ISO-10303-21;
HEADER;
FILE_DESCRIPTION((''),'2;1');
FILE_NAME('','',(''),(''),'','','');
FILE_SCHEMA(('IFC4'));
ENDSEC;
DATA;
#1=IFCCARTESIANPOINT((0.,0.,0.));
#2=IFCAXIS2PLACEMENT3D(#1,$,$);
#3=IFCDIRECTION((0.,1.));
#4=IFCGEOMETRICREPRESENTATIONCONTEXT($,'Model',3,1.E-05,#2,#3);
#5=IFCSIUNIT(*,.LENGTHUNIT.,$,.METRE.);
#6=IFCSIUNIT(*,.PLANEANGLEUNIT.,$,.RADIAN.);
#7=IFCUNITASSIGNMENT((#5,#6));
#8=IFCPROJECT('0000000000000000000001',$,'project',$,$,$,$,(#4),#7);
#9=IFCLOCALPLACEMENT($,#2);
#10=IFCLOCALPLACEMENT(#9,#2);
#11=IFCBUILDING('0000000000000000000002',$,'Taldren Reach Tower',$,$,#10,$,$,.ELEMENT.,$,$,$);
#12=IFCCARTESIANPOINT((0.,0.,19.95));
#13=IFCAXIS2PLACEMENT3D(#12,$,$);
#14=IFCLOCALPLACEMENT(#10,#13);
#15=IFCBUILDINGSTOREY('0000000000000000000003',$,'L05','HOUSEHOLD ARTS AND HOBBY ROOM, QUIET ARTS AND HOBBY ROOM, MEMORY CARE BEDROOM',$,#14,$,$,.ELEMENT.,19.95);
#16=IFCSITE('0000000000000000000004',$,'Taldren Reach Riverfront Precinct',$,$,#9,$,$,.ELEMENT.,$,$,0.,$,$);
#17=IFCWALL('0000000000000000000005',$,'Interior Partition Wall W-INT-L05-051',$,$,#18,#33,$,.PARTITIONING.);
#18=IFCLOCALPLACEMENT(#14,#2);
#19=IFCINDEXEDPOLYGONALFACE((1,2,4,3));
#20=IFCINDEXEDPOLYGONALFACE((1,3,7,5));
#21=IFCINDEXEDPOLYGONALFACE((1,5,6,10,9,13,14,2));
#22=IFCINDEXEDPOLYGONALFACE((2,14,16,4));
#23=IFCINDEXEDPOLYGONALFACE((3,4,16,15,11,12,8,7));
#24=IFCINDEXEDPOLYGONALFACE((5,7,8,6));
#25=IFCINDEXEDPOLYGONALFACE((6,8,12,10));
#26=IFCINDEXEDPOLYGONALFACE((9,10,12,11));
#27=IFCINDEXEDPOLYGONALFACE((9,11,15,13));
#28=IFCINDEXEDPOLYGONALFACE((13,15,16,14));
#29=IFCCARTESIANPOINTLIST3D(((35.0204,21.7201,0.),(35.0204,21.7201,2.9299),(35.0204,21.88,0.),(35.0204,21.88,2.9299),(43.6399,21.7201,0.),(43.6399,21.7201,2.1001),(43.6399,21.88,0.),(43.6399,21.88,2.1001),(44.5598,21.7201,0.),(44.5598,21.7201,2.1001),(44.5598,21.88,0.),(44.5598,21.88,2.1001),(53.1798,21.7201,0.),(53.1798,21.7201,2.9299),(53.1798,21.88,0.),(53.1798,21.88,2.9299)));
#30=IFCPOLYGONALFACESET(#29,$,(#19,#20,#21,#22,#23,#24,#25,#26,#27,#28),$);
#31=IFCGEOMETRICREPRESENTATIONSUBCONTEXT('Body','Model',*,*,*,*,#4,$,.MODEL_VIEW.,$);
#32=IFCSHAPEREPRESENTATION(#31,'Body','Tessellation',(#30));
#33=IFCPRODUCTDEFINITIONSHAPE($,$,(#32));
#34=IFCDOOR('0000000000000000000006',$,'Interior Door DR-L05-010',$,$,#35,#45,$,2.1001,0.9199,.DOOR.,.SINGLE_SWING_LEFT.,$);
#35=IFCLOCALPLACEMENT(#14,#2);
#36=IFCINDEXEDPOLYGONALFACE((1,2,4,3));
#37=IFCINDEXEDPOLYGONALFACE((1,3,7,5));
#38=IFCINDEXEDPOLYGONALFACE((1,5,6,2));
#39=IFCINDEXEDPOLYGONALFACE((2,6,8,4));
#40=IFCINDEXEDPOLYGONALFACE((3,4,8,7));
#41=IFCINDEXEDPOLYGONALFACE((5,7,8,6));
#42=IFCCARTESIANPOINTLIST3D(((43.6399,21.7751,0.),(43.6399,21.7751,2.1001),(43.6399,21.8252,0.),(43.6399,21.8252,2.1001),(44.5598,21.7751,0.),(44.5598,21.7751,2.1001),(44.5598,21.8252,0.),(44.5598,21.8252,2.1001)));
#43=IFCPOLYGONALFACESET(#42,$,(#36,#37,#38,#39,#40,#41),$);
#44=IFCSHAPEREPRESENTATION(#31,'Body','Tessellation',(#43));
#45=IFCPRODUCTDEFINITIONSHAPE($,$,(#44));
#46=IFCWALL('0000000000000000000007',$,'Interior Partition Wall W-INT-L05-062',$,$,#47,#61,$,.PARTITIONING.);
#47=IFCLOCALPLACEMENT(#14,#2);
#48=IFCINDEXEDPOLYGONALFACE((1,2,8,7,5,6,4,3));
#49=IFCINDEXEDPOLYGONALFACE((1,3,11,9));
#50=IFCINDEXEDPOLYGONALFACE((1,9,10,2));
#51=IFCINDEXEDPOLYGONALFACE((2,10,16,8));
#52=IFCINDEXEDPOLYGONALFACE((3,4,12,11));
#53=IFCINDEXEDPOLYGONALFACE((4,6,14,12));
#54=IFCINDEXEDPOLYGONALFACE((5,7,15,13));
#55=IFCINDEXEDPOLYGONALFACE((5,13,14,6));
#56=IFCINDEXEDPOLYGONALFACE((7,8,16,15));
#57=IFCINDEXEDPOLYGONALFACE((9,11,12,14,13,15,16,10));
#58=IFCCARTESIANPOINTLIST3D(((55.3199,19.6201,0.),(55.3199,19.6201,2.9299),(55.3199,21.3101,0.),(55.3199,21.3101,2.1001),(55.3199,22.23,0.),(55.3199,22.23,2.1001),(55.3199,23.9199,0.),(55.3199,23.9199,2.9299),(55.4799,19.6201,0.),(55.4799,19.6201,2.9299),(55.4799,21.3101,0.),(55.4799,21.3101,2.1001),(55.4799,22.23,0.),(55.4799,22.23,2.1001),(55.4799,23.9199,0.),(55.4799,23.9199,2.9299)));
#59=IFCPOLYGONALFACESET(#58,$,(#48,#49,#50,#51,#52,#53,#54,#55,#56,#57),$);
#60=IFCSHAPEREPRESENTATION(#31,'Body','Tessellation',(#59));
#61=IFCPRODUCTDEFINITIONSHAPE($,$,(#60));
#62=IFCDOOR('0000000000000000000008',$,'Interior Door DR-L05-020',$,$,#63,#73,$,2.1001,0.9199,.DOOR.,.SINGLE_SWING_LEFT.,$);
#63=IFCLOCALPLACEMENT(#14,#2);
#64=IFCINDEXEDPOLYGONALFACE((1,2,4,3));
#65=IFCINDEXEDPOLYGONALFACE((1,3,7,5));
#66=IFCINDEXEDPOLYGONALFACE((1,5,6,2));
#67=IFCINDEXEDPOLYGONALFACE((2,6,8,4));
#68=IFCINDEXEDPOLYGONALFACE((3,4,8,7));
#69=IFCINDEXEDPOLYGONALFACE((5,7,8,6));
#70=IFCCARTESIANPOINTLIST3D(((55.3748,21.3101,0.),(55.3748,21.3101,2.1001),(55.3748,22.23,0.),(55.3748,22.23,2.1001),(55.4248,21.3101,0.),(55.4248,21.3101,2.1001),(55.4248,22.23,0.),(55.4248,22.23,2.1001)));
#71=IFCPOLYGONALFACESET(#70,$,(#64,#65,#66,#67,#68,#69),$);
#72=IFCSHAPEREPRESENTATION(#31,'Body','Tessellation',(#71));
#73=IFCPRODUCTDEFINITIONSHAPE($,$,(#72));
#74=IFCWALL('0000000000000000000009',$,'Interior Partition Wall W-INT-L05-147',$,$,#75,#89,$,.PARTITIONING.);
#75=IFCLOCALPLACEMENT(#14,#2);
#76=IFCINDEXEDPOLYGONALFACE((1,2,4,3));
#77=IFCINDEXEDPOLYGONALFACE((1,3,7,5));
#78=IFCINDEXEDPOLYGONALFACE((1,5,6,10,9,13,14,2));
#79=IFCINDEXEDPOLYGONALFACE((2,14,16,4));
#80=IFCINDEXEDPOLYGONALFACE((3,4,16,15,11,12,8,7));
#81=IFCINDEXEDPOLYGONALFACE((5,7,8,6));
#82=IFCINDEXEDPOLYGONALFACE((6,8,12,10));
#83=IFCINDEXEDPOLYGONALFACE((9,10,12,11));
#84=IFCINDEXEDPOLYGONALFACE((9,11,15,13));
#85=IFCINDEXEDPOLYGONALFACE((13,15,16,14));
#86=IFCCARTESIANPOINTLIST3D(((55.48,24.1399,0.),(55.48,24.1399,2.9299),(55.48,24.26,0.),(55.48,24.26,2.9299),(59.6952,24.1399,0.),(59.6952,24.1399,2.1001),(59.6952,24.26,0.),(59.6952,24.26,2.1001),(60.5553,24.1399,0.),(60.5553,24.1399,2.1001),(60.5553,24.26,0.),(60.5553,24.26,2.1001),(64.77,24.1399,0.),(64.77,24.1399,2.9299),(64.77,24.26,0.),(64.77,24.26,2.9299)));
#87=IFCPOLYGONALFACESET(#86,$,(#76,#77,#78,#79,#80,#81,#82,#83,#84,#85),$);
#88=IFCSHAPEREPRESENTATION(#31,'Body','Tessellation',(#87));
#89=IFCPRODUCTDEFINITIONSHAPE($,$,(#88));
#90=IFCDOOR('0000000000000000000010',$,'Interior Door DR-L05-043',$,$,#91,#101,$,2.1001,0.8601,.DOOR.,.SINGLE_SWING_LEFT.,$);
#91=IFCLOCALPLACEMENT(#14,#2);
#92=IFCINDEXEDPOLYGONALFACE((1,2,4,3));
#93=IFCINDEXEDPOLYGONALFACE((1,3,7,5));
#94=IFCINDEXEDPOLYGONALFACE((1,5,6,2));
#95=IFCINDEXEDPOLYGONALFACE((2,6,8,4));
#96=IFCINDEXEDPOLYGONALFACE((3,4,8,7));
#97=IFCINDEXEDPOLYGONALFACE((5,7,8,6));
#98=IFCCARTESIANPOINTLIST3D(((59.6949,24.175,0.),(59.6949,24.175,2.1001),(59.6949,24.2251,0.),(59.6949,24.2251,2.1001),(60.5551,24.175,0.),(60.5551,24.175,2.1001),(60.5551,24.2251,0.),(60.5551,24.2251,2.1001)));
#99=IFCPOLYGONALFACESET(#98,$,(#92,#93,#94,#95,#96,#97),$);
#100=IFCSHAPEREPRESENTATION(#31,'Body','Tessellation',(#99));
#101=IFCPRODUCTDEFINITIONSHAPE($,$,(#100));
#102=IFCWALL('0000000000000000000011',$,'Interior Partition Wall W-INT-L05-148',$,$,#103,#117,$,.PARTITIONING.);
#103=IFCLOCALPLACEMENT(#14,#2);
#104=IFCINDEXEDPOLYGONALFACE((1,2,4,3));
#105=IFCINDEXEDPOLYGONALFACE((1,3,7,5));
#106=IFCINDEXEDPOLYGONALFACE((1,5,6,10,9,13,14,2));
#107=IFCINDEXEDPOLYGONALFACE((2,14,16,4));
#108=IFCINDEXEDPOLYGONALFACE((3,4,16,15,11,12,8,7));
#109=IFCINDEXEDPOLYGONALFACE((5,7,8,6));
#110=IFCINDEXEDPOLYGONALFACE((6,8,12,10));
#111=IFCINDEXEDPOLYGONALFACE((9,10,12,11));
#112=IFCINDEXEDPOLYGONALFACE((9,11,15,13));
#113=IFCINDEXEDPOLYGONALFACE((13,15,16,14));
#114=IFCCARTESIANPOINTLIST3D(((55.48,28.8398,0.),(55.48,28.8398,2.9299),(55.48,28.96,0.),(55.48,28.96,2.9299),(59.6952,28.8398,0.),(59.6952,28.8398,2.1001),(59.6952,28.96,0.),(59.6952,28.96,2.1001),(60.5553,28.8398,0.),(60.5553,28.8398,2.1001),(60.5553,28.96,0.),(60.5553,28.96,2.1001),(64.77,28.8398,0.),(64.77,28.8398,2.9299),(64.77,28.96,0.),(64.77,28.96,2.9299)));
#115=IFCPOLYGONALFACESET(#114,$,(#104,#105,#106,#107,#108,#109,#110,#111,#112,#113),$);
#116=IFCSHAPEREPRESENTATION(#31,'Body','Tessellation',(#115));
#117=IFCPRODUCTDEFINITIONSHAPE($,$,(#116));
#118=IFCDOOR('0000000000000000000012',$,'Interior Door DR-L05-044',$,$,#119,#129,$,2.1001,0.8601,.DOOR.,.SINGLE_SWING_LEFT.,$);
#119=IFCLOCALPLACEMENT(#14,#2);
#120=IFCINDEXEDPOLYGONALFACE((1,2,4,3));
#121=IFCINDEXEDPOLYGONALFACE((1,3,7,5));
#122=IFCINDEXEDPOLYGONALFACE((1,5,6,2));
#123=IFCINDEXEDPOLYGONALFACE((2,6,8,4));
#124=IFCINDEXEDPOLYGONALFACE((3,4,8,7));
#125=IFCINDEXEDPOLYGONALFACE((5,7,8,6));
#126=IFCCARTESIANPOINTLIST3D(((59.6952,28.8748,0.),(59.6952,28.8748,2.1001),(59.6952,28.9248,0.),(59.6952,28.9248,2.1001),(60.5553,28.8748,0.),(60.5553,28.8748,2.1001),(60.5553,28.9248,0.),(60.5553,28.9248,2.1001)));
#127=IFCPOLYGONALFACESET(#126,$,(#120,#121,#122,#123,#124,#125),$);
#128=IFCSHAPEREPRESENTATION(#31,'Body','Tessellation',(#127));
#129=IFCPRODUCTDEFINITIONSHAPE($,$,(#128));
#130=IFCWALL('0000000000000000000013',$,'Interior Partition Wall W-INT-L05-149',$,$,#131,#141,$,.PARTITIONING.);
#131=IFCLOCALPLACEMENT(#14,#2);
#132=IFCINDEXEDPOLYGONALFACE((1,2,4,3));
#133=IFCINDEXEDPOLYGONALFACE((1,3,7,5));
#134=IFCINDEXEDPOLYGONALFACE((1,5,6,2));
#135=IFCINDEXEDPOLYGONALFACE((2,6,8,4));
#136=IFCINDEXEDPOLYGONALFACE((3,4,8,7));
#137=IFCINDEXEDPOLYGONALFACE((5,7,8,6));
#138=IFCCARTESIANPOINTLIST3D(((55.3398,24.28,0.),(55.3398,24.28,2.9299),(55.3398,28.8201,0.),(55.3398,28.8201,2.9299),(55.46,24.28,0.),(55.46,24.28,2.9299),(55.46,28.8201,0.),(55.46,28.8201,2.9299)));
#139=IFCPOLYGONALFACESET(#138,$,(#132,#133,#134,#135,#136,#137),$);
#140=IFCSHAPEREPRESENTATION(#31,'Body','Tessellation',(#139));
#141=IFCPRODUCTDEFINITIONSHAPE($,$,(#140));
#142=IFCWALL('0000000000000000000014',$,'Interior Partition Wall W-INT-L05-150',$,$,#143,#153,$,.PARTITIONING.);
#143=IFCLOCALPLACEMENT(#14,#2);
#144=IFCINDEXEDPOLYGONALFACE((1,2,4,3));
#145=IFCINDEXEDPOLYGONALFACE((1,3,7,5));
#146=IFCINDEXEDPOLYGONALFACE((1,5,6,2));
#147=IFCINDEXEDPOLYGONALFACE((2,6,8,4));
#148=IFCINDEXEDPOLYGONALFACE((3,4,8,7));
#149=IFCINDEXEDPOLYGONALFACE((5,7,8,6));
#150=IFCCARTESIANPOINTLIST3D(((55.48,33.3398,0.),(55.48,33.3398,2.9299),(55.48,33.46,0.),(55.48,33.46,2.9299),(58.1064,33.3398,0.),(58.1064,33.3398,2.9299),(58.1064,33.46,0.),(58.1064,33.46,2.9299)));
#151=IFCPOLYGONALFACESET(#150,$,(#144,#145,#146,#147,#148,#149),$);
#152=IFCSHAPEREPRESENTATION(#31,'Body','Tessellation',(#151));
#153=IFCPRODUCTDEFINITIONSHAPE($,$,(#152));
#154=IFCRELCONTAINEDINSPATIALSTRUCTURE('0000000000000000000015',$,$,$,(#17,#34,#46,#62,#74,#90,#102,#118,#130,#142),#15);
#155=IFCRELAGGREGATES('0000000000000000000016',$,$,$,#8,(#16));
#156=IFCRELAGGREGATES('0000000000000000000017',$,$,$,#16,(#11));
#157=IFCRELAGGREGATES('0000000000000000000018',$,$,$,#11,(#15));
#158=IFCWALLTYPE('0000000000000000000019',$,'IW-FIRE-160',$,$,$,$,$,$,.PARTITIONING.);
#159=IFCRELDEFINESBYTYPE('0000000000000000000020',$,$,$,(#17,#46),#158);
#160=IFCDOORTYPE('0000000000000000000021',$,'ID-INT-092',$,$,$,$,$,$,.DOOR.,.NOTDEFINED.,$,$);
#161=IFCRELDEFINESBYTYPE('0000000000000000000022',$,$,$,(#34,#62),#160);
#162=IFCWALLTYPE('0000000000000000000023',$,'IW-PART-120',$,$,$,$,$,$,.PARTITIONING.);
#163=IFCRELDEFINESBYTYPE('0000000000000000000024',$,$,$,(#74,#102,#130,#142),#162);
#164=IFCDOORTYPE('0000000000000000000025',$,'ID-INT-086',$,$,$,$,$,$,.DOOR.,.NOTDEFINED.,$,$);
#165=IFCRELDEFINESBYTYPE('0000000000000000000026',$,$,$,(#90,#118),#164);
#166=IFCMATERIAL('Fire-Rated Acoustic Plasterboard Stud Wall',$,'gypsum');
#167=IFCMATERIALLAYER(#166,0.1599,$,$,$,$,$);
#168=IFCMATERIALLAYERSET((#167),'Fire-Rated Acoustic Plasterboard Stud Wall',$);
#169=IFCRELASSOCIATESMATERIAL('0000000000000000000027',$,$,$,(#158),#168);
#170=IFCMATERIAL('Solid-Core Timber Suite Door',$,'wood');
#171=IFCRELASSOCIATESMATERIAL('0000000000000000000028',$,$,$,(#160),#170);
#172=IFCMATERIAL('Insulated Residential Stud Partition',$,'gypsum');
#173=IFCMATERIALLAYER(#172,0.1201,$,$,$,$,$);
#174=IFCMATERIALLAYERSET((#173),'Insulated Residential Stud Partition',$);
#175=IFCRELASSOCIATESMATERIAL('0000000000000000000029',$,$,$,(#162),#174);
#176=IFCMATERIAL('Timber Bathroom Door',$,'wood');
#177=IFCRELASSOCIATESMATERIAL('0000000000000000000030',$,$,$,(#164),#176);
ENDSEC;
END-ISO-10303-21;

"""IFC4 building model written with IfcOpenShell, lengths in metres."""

from ifc_helpers import new_model, si_unit, direction, frame, frame_2d, origin, place, context, subcontext, project, spatial, rectangle, extrude, source, transform, mapped, material, layer, layer_set, type_object, element, fill, save


model = new_model("IFC4")

# Units and contexts
model_context = context("Model", 3, precision=1e-05, world=origin(), true_north=direction((0.0, 1.0)))
body_context = subcontext(model_context, "Body", "Model", "MODEL_VIEW")
ifc_project = project(units=[si_unit("LENGTHUNIT", "METRE"), si_unit("PLANEANGLEUNIT", "RADIAN")], contexts=[model_context])

# Site, building, storey
site_placement = place(None, origin())
site = spatial("IfcSite", under=ifc_project, at=site_placement, Name="Taldren Reach Riverfront Precinct", CompositionType="ELEMENT", RefElevation=0.0)
building_placement = place(site_placement, origin())
building = spatial("IfcBuilding", under=site, at=building_placement, Name="Taldren Reach Tower", CompositionType="ELEMENT")
storey_placement = place(building_placement, frame((0.0, 0.0, 19.95)))
storey = spatial("IfcBuildingStorey", under=building, at=storey_placement, Name="L05", Description="HOUSEHOLD ARTS AND HOBBY ROOM, QUIET ARTS AND HOBBY ROOM, MEMORY CARE BEDROOM", CompositionType="ELEMENT", Elevation=19.95)

# Shared definitions
ifc_material_1 = material(Name="Fire-Rated Acoustic Plasterboard Stud Wall", Category="gypsum")
ifc_layer_1 = layer(ifc_material_1, 0.1599)
ifc_layer_set_1 = layer_set([ifc_layer_1], Name="Fire-Rated Acoustic Plasterboard Stud Wall")
wall_type_1 = type_object("IfcWallType", Name="IW-FIRE-160", PredefinedType="PARTITIONING", material=ifc_layer_set_1)

# Walls, openings, doors
shared_shape_1 = source(origin(), body_context, "Body", "SweptSolid", [
    extrude(rectangle(XDim=18.1594, YDim=0.1599, at=frame_2d((9.0796, 0.0))), origin(), (0.0, 0.0, 1.0), 2.9299),
])
wall_1_placement = place(storey_placement, frame((53.1797, 21.8, 0.0), z_axis=(0.0, 0.0, 1.0), x_axis=(-1.0, 0.0, 0.0)))
wall_1 = element("IfcWall", 1, at=wall_1_placement, inside=storey, type_object=wall_type_1, Name="Interior Partition Wall W-INT-L05-051", PredefinedType="PARTITIONING", context=body_context, shape_type="MappedRepresentation", body=[
    mapped(shared_shape_1, transform((0.0, 0.0, 0.0), scale=1.0)),
])
shared_shape_2 = source(origin(), body_context, "Body", "SweptSolid", [
    extrude(rectangle(XDim=0.9199, YDim=2.1001, at=frame_2d((0.46, 1.05))), frame((0.0, 0.0898, 0.0), z_axis=(0.0, -1.0, 0.0), x_axis=(1.0, 0.0, 0.0)), (0.0, 0.0, 1.0), 0.1799),
])
opening_1_placement = place(wall_1_placement, frame((8.6199, 0.0, 0.0)))
opening_1 = element("IfcOpeningElement", 2, at=opening_1_placement, cuts=wall_1, PredefinedType="OPENING", context=body_context, shape_type="MappedRepresentation", body=[
    mapped(shared_shape_2, transform((0.0, 0.0, 0.0), scale=1.0)),
])
ifc_material_2 = material(Name="Solid-Core Timber Suite Door", Category="wood")
door_type_1 = type_object("IfcDoorType", Name="ID-INT-092", OperationType="NOTDEFINED", PredefinedType="DOOR", material=ifc_material_2)
shared_shape_3 = source(origin(), body_context, "Body", "SweptSolid", [
    extrude(rectangle(XDim=0.9199, YDim=2.1001, at=frame_2d((0.46, 1.05))), frame((0.0, 0.0249, 0.0), z_axis=(0.0, -1.0, 0.0), x_axis=(1.0, 0.0, 0.0)), (0.0, 0.0, 1.0), 0.05),
])
door_1_placement = place(opening_1_placement, origin())
door_1 = element("IfcDoor", 3, at=door_1_placement, inside=storey, type_object=door_type_1, Name="Interior Door DR-L05-010", OperationType="SINGLE_SWING_LEFT", OverallHeight=2.1001, OverallWidth=0.9199, PredefinedType="DOOR", context=body_context, shape_type="MappedRepresentation", body=[
    mapped(shared_shape_3, transform((0.0, 0.0, 0.0), scale=1.0)),
])
fill(opening_1, door_1)
shared_shape_4 = source(origin(), body_context, "Body", "SweptSolid", [
    extrude(rectangle(XDim=4.2998, YDim=0.1599, at=frame_2d((2.1499, 0.0))), origin(), (0.0, 0.0, 1.0), 2.9299),
])
wall_2_placement = place(storey_placement, frame((55.3999, 23.9199, 0.0), z_axis=(0.0, 0.0, 1.0), x_axis=(0.0, -1.0, 0.0)))
wall_2 = element("IfcWall", 4, at=wall_2_placement, inside=storey, type_object=wall_type_1, Name="Interior Partition Wall W-INT-L05-062", PredefinedType="PARTITIONING", context=body_context, shape_type="MappedRepresentation", body=[
    mapped(shared_shape_4, transform((0.0, 0.0, 0.0), scale=1.0)),
])
opening_2_placement = place(wall_2_placement, frame((1.6899, 0.0, 0.0)))
opening_2 = element("IfcOpeningElement", 5, at=opening_2_placement, cuts=wall_2, PredefinedType="OPENING", context=body_context, shape_type="MappedRepresentation", body=[
    mapped(shared_shape_2, transform((0.0, 0.0, 0.0), scale=1.0)),
])
door_2_placement = place(opening_2_placement, origin())
door_2 = element("IfcDoor", 6, at=door_2_placement, inside=storey, type_object=door_type_1, Name="Interior Door DR-L05-020", OperationType="SINGLE_SWING_LEFT", OverallHeight=2.1001, OverallWidth=0.9199, PredefinedType="DOOR", context=body_context, shape_type="MappedRepresentation", body=[
    mapped(shared_shape_3, transform((0.0, 0.0, 0.0), scale=1.0)),
])
fill(opening_2, door_2)
ifc_material_3 = material(Name="Insulated Residential Stud Partition", Category="gypsum")
ifc_layer_2 = layer(ifc_material_3, 0.1201)
ifc_layer_set_2 = layer_set([ifc_layer_2], Name="Insulated Residential Stud Partition")
wall_type_2 = type_object("IfcWallType", Name="IW-PART-120", PredefinedType="PARTITIONING", material=ifc_layer_set_2)
shared_shape_5 = source(origin(), body_context, "Body", "SweptSolid", [
    extrude(rectangle(XDim=9.29, YDim=0.1201, at=frame_2d((4.645, 0.0))), origin(), (0.0, 0.0, 1.0), 2.9299),
])
wall_3_placement = place(storey_placement, frame((55.48, 24.2, 0.0), z_axis=(0.0, 0.0, 1.0), x_axis=(1.0, 0.0, 0.0)))
wall_3 = element("IfcWall", 7, at=wall_3_placement, inside=storey, type_object=wall_type_2, Name="Interior Partition Wall W-INT-L05-147", PredefinedType="PARTITIONING", context=body_context, shape_type="MappedRepresentation", body=[
    mapped(shared_shape_5, transform((0.0, 0.0, 0.0), scale=1.0)),
])
shared_shape_6 = source(origin(), body_context, "Body", "SweptSolid", [
    extrude(rectangle(XDim=0.8601, YDim=2.1001, at=frame_2d((0.4302, 1.05))), frame((0.0, 0.0701, 0.0), z_axis=(0.0, -1.0, 0.0), x_axis=(1.0, 0.0, 0.0)), (0.0, 0.0, 1.0), 0.1401),
])
opening_3_placement = place(wall_3_placement, frame((4.2151, 0.0, 0.0)))
opening_3 = element("IfcOpeningElement", 8, at=opening_3_placement, cuts=wall_3, PredefinedType="OPENING", context=body_context, shape_type="MappedRepresentation", body=[
    mapped(shared_shape_6, transform((0.0, 0.0, 0.0), scale=1.0)),
])
ifc_material_4 = material(Name="Timber Bathroom Door", Category="wood")
door_type_2 = type_object("IfcDoorType", Name="ID-INT-086", OperationType="NOTDEFINED", PredefinedType="DOOR", material=ifc_material_4)
shared_shape_7 = source(origin(), body_context, "Body", "SweptSolid", [
    extrude(rectangle(XDim=0.8601, YDim=2.1001, at=frame_2d((0.4302, 1.05))), frame((0.0, 0.0249, 0.0), z_axis=(0.0, -1.0, 0.0), x_axis=(1.0, 0.0, 0.0)), (0.0, 0.0, 1.0), 0.05),
])
door_3_placement = place(opening_3_placement, frame((0.8601, 0.0, 0.0), z_axis=(0.0, 0.0, 1.0), x_axis=(-1.0, 0.0, 0.0)))
door_3 = element("IfcDoor", 9, at=door_3_placement, inside=storey, type_object=door_type_2, Name="Interior Door DR-L05-043", OperationType="SINGLE_SWING_LEFT", OverallHeight=2.1001, OverallWidth=0.8601, PredefinedType="DOOR", context=body_context, shape_type="MappedRepresentation", body=[
    mapped(shared_shape_7, transform((0.0, 0.0, 0.0), scale=1.0)),
])
fill(opening_3, door_3)
wall_4_placement = place(storey_placement, frame((55.48, 28.8999, 0.0), z_axis=(0.0, 0.0, 1.0), x_axis=(1.0, 0.0, 0.0)))
wall_4 = element("IfcWall", 10, at=wall_4_placement, inside=storey, type_object=wall_type_2, Name="Interior Partition Wall W-INT-L05-148", PredefinedType="PARTITIONING", context=body_context, shape_type="MappedRepresentation", body=[
    mapped(shared_shape_5, transform((0.0, 0.0, 0.0), scale=1.0)),
])
opening_4_placement = place(wall_4_placement, frame((4.2151, 0.0, 0.0)))
opening_4 = element("IfcOpeningElement", 11, at=opening_4_placement, cuts=wall_4, PredefinedType="OPENING", context=body_context, shape_type="MappedRepresentation", body=[
    mapped(shared_shape_6, transform((0.0, 0.0, 0.0), scale=1.0)),
])
door_4_placement = place(opening_4_placement, origin())
door_4 = element("IfcDoor", 12, at=door_4_placement, inside=storey, type_object=door_type_2, Name="Interior Door DR-L05-044", OperationType="SINGLE_SWING_LEFT", OverallHeight=2.1001, OverallWidth=0.8601, PredefinedType="DOOR", context=body_context, shape_type="MappedRepresentation", body=[
    mapped(shared_shape_7, transform((0.0, 0.0, 0.0), scale=1.0)),
])
fill(opening_4, door_4)

# Walls
shared_shape_8 = source(origin(), body_context, "Body", "SweptSolid", [
    extrude(rectangle(XDim=4.54, YDim=0.1201, at=frame_2d((2.27, 0.0))), origin(), (0.0, 0.0, 1.0), 2.9299),
])
wall_5_placement = place(storey_placement, frame((55.3999, 24.28, 0.0), z_axis=(0.0, 0.0, 1.0), x_axis=(0.0, 1.0, 0.0)))
element("IfcWall", 13, at=wall_5_placement, inside=storey, type_object=wall_type_2, Name="Interior Partition Wall W-INT-L05-149", PredefinedType="PARTITIONING", context=body_context, shape_type="MappedRepresentation", body=[
    mapped(shared_shape_8, transform((0.0, 0.0, 0.0), scale=1.0)),
])
shared_shape_9 = source(origin(), body_context, "Body", "SweptSolid", [
    extrude(rectangle(XDim=2.6265, YDim=0.1201, at=frame_2d((1.3132, 0.0))), origin(), (0.0, 0.0, 1.0), 2.9299),
])
wall_6_placement = place(storey_placement, frame((55.48, 33.3999, 0.0), z_axis=(0.0, 0.0, 1.0), x_axis=(1.0, 0.0, 0.0)))
element("IfcWall", 14, at=wall_6_placement, inside=storey, type_object=wall_type_2, Name="Interior Partition Wall W-INT-L05-150", PredefinedType="PARTITIONING", context=body_context, shape_type="MappedRepresentation", body=[
    mapped(shared_shape_9, transform((0.0, 0.0, 0.0), scale=1.0)),
])

save(model, "model.ifc")
